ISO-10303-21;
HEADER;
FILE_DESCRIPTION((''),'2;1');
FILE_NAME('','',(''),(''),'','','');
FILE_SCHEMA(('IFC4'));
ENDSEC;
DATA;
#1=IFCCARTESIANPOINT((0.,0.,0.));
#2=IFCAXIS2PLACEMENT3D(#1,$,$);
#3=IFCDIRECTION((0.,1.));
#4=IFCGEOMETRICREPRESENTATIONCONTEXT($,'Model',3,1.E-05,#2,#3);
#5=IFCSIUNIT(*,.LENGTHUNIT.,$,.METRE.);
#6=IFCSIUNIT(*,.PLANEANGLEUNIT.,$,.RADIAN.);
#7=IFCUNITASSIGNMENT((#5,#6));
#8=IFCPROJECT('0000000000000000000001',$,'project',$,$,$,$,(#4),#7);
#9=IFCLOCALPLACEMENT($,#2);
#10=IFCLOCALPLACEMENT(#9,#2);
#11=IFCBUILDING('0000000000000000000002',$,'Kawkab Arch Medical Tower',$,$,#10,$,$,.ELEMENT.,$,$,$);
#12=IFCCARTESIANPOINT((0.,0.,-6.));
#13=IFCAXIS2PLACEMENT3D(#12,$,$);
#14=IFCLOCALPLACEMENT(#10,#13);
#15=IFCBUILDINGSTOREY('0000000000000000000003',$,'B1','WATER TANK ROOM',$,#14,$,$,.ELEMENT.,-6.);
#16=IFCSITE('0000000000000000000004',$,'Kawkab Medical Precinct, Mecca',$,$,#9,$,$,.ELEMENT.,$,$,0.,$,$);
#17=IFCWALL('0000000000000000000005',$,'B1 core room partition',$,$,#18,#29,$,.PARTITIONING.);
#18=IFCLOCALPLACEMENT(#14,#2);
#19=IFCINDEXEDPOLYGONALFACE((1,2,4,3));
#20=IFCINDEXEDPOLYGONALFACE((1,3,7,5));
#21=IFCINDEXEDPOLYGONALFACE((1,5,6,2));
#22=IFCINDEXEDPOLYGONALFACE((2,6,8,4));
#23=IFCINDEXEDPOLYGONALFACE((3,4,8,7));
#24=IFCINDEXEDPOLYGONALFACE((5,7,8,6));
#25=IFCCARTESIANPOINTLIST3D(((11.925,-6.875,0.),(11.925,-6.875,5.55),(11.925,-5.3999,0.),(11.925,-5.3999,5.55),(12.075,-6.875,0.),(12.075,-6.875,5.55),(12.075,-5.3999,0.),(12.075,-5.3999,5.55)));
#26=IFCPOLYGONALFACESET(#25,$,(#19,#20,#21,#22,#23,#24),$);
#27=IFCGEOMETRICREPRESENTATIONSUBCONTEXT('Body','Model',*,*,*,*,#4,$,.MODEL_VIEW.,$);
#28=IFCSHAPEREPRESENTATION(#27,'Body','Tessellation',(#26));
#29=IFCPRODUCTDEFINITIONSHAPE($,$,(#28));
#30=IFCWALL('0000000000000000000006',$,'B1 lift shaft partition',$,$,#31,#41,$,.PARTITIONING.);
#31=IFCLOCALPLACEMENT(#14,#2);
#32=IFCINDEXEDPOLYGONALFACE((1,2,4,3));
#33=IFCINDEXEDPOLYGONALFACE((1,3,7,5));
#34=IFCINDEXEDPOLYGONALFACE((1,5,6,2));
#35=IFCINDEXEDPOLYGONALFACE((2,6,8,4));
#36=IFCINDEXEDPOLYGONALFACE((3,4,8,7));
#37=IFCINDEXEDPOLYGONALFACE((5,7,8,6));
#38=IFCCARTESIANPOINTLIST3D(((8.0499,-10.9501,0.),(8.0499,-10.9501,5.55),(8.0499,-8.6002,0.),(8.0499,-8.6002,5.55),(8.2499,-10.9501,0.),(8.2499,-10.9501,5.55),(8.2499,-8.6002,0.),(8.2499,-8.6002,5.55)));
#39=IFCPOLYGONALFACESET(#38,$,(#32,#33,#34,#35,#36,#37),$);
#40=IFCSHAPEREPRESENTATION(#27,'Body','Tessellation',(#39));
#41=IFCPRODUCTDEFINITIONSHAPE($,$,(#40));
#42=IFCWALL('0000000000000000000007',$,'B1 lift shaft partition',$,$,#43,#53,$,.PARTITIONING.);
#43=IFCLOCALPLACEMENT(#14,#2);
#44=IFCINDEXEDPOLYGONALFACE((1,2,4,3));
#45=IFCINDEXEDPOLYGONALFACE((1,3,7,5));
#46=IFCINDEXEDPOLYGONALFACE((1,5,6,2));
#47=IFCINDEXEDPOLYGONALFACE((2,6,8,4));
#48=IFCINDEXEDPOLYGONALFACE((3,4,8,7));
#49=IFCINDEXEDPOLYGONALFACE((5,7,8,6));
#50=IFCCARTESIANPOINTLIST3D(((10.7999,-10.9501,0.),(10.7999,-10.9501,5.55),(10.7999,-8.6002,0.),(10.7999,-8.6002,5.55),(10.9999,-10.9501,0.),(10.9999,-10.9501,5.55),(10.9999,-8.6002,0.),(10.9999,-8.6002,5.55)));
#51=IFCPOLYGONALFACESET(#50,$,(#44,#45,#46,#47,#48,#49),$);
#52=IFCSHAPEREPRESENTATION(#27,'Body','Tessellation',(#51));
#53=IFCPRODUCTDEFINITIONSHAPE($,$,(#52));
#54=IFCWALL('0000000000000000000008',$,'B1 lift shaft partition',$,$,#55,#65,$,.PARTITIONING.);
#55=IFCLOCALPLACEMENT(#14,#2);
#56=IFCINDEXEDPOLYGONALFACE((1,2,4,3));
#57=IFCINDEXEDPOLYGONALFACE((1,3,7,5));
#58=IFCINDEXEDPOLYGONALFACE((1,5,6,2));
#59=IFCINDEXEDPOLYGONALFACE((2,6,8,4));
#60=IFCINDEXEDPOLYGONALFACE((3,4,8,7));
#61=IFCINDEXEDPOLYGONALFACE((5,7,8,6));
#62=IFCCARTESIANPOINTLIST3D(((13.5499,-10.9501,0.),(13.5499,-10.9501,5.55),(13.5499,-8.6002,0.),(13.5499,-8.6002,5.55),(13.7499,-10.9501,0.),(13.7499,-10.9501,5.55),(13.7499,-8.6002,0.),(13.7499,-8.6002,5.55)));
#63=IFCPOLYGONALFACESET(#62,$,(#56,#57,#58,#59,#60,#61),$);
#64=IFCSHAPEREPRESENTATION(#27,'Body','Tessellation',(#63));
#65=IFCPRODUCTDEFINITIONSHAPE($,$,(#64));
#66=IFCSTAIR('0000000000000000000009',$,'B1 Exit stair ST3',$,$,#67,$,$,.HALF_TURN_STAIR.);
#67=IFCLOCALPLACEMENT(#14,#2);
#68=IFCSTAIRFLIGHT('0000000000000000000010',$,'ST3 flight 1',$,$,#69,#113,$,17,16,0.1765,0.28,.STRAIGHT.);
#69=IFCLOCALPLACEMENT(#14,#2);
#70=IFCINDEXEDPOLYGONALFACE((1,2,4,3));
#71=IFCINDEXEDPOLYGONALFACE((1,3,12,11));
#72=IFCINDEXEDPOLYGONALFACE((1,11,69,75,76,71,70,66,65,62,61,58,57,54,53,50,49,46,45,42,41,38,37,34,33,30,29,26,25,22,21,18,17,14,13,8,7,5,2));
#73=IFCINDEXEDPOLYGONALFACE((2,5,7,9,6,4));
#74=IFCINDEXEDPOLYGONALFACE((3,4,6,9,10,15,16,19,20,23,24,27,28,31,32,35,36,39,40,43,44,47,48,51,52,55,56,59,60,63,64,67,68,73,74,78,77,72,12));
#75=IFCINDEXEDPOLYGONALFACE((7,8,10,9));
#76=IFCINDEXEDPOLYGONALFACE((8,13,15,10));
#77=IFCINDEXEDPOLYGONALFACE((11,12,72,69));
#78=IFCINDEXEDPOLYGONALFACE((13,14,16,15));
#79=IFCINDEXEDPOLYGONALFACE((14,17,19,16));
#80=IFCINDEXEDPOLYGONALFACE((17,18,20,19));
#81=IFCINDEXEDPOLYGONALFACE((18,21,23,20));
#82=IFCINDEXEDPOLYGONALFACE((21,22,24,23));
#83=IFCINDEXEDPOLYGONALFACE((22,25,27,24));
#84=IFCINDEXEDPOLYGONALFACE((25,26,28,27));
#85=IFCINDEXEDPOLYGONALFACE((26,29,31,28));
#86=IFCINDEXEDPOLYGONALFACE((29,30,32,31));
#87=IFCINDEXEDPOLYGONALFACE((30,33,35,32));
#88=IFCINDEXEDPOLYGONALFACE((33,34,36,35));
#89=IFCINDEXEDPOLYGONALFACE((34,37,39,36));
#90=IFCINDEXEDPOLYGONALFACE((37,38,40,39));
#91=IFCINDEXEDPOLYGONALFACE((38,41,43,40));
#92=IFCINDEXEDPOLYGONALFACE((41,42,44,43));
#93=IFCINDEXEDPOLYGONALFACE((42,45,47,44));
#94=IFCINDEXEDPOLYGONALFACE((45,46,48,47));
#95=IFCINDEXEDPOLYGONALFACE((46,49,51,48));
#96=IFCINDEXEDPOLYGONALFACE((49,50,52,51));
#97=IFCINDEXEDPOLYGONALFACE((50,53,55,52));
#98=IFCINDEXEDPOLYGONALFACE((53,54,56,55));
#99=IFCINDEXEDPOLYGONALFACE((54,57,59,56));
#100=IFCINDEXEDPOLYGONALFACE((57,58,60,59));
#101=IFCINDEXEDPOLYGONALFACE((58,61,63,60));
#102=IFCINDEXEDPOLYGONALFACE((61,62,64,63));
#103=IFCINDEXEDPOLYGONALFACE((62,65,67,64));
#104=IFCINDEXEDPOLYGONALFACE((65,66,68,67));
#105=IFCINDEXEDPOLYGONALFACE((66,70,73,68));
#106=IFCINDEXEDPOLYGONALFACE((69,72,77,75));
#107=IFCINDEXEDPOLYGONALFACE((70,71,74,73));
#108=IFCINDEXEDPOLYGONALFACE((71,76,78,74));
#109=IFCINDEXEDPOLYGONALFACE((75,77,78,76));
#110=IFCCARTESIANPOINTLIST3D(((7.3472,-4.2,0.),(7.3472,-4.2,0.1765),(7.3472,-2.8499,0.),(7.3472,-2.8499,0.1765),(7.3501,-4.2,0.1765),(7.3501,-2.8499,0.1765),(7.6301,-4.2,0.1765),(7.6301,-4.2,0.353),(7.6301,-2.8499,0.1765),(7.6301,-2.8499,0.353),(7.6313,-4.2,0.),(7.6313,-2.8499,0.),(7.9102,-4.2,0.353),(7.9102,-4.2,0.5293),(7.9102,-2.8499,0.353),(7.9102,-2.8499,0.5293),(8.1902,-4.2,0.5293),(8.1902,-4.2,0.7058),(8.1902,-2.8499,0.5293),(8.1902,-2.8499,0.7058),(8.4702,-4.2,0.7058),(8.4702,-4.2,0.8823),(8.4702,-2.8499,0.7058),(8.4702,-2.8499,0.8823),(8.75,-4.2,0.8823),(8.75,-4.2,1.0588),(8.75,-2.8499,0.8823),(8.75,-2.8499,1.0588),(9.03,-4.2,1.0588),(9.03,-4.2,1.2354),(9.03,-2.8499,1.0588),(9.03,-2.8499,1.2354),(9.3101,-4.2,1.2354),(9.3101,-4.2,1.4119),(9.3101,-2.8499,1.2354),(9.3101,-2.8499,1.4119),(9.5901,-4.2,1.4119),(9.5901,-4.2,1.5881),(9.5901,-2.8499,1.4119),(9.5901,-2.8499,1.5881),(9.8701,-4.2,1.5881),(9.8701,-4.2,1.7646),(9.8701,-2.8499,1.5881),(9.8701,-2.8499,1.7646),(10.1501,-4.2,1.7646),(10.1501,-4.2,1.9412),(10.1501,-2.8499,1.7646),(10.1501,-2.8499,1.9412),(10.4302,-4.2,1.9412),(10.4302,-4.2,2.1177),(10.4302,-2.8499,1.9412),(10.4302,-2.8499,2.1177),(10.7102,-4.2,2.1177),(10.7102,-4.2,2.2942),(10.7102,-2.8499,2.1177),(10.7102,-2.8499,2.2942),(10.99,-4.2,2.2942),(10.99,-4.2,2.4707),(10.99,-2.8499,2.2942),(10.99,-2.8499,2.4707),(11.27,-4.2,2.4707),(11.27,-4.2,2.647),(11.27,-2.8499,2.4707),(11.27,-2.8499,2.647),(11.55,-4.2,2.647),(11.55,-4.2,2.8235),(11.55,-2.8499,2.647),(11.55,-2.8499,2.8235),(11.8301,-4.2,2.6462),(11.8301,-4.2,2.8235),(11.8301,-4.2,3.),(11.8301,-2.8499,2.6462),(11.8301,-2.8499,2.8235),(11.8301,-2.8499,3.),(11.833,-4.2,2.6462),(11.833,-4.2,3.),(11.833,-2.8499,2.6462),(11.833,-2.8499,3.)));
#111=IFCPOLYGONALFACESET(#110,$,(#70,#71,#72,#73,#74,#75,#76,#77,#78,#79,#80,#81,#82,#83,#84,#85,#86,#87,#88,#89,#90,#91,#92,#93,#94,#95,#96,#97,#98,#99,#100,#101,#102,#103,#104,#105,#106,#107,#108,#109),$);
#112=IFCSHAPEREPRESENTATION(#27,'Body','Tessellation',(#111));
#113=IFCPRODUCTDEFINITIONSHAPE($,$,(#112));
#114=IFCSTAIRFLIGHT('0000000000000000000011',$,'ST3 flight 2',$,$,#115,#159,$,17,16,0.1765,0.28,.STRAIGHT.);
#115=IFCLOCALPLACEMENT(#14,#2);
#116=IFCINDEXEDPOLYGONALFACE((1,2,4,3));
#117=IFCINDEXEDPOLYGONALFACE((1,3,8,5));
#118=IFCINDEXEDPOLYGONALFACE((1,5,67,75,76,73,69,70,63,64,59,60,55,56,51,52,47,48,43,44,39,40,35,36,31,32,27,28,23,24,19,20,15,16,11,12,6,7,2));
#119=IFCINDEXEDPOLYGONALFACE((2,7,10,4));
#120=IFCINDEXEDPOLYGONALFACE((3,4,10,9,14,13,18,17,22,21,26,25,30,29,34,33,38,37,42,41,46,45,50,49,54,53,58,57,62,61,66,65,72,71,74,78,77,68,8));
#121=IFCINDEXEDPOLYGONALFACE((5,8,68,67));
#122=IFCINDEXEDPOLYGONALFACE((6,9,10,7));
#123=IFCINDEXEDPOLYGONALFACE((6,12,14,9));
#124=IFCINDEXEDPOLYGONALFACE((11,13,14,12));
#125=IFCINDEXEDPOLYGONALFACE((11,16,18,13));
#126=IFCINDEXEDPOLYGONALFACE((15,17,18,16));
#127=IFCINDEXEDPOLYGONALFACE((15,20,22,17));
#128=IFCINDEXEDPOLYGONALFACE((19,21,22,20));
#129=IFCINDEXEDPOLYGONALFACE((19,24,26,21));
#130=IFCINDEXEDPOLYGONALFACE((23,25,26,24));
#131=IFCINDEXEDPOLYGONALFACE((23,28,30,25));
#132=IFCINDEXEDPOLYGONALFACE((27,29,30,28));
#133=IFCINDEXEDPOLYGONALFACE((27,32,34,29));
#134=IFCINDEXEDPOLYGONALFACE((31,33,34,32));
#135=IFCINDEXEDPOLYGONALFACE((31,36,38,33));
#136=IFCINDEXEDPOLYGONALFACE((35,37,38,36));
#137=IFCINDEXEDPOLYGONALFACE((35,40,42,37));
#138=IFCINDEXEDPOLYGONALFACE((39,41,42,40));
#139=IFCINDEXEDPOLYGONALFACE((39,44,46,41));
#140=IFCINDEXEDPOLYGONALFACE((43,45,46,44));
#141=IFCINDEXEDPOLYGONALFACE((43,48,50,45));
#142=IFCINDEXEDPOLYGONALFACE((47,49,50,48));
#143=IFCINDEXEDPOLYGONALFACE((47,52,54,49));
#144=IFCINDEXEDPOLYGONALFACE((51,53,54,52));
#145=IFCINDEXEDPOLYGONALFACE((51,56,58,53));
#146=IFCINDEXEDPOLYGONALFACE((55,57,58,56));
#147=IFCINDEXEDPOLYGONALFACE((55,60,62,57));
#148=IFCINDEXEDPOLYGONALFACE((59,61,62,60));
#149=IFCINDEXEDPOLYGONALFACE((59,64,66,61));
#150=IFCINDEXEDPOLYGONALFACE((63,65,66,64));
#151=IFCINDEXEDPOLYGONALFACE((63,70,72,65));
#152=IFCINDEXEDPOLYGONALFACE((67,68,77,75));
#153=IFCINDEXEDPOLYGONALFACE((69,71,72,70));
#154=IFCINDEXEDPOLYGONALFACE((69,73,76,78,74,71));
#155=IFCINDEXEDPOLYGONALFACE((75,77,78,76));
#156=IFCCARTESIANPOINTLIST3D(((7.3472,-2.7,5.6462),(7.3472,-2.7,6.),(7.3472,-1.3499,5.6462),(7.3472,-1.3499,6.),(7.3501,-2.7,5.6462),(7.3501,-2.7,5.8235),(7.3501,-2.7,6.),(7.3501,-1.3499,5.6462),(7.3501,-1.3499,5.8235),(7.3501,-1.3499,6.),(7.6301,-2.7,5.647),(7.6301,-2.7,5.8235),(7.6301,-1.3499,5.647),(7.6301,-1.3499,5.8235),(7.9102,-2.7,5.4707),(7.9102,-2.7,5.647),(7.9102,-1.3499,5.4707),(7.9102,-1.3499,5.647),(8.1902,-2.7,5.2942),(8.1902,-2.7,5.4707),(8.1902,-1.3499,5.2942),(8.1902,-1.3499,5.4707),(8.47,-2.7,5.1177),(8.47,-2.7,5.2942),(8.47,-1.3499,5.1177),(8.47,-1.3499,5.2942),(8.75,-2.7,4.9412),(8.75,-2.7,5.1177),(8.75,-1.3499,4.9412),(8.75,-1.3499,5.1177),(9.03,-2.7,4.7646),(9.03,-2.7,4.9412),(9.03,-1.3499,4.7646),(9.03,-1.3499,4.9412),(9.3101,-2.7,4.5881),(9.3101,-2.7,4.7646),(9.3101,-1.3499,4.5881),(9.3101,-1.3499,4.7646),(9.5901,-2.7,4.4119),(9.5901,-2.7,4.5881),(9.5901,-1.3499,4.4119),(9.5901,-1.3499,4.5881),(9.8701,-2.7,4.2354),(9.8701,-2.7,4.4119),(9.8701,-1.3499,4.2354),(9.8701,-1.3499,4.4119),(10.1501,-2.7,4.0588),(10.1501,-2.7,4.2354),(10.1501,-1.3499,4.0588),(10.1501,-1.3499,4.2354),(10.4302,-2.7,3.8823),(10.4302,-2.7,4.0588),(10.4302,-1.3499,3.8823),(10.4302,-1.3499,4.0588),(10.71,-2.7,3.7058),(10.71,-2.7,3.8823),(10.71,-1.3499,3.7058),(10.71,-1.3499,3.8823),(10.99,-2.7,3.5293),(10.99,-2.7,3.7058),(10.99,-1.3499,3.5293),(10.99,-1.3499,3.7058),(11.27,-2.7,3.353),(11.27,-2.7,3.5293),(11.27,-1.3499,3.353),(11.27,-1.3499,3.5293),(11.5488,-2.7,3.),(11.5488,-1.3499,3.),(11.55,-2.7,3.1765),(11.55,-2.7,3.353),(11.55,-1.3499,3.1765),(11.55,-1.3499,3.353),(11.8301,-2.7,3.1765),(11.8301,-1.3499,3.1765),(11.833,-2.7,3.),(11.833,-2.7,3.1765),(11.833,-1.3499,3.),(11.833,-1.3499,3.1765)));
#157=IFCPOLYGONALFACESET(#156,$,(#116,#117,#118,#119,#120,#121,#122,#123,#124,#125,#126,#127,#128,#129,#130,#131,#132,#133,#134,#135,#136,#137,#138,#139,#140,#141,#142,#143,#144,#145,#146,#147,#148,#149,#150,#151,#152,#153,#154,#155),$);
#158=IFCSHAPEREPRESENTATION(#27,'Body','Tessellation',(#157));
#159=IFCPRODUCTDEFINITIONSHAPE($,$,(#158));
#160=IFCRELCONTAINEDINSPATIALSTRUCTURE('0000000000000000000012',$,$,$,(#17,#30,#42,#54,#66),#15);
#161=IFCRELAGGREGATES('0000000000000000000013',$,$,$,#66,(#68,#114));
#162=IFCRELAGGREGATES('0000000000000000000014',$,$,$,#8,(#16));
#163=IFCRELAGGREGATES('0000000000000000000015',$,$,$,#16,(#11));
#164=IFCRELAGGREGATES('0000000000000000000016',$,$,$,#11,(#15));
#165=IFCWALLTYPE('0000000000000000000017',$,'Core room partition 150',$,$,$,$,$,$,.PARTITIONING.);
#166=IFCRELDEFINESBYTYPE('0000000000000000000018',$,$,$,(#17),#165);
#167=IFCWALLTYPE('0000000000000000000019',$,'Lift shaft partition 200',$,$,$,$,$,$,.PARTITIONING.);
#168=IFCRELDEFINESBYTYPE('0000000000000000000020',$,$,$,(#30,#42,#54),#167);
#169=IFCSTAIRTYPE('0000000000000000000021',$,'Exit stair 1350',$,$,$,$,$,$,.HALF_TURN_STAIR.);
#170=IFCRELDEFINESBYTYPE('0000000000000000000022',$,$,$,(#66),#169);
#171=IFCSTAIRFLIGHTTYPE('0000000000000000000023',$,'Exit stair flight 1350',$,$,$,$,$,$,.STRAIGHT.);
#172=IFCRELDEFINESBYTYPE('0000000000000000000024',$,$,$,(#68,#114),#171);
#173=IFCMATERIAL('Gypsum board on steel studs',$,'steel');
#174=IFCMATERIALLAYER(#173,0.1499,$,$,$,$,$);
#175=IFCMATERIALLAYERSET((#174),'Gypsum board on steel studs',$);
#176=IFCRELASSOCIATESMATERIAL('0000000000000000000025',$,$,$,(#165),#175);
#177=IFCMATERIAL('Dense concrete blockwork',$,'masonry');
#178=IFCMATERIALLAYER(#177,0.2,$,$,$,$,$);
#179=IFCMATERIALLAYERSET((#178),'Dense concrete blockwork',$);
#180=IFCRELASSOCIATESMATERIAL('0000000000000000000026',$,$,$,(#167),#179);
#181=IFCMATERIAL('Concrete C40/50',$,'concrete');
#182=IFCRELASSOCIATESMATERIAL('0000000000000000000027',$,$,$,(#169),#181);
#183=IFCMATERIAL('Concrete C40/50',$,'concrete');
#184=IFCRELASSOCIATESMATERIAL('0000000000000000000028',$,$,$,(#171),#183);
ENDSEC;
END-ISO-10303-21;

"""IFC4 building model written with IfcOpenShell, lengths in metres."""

from ifc_helpers import new_model, si_unit, direction, frame, frame_2d, origin, place, context, subcontext, project, spatial, polyline, rectangle, outline, extrude, material, layer, layer_set, type_object, element, aggregate, save


model = new_model("IFC4")

# Units and contexts
model_context = context("Model", 3, precision=1e-05, world=origin(), true_north=direction((0.0, 1.0)))
body_context = subcontext(model_context, "Body", "Model", "MODEL_VIEW")
ifc_project = project(units=[si_unit("LENGTHUNIT", "METRE"), si_unit("PLANEANGLEUNIT", "RADIAN")], contexts=[model_context])

# Site, building, storey
site_placement = place(None, origin())
site = spatial("IfcSite", under=ifc_project, at=site_placement, Name="Kawkab Medical Precinct, Mecca", CompositionType="ELEMENT", RefElevation=0.0)
building_placement = place(site_placement, origin())
building = spatial("IfcBuilding", under=site, at=building_placement, Name="Kawkab Arch Medical Tower", CompositionType="ELEMENT")
storey_placement = place(building_placement, frame((0.0, 0.0, -6.0)))
storey = spatial("IfcBuildingStorey", under=building, at=storey_placement, Name="B1", Description="WATER TANK ROOM", CompositionType="ELEMENT", Elevation=-6.0)

# Shared definitions
ifc_material_1 = material(Name="Gypsum board on steel studs", Category="steel")
ifc_layer_1 = layer(ifc_material_1, 0.1499)
ifc_layer_set_1 = layer_set([ifc_layer_1], Name="Gypsum board on steel studs")
wall_type_1 = type_object("IfcWallType", Name="Core room partition 150", PredefinedType="PARTITIONING", material=ifc_layer_set_1)

# Walls
for number, where, z_axis, x_axis, name in (
    (1, (12.0, -6.875, 0.0), (0.0, 0.0, 1.0), (0.0, 1.0, 0.0), "B1 core room partition"),
):
    element("IfcWall", number, at=place(storey_placement, frame(where, z_axis=z_axis, x_axis=x_axis)), inside=storey, type_object=wall_type_1, Name=name, PredefinedType="PARTITIONING", context=body_context, shape_type="SweptSolid", body=[
        extrude(rectangle(XDim=1.4751, YDim=0.1499, at=frame_2d((0.7375, 0.0))), origin(), (0.0, 0.0, 1.0), 5.55),
    ])
ifc_material_2 = material(Name="Dense concrete blockwork", Category="masonry")
ifc_layer_2 = layer(ifc_material_2, 0.2)
ifc_layer_set_2 = layer_set([ifc_layer_2], Name="Dense concrete blockwork")
wall_type_2 = type_object("IfcWallType", Name="Lift shaft partition 200", PredefinedType="PARTITIONING", material=ifc_layer_set_2)
for number, where, z_axis, x_axis, name in (
    (2, (8.1499, -10.95, 0.0), (0.0, 0.0, 1.0), (0.0, 1.0, 0.0), "B1 lift shaft partition"),
    (3, (10.8999, -10.95, 0.0), (0.0, 0.0, 1.0), (0.0, 1.0, 0.0), "B1 lift shaft partition"),
    (4, (13.6499, -10.95, 0.0), (0.0, 0.0, 1.0), (0.0, 1.0, 0.0), "B1 lift shaft partition"),
):
    element("IfcWall", number, at=place(storey_placement, frame(where, z_axis=z_axis, x_axis=x_axis)), inside=storey, type_object=wall_type_2, Name=name, PredefinedType="PARTITIONING", context=body_context, shape_type="SweptSolid", body=[
        extrude(rectangle(XDim=2.3499, YDim=0.2, at=frame_2d((1.1748, 0.0))), origin(), (0.0, 0.0, 1.0), 5.55),
    ])

# Stair, stair flights
ifc_material_3 = material(Name="Concrete C40/50", Category="concrete")
stair_type = type_object("IfcStairType", Name="Exit stair 1350", PredefinedType="HALF_TURN_STAIR", material=ifc_material_3)
stair_placement = place(storey_placement, origin())
stair = element("IfcStair", 5, at=stair_placement, inside=storey, type_object=stair_type, Name="B1 Exit stair ST3", PredefinedType="HALF_TURN_STAIR")
ifc_material_4 = material(Name="Concrete C40/50", Category="concrete")
stair_flight_type = type_object("IfcStairFlightType", Name="Exit stair flight 1350", PredefinedType="STRAIGHT", material=ifc_material_4)
stair_flight_1_placement = place(storey_placement, frame((7.3501, -3.5249, 0.0), z_axis=(0.0, 0.0, 1.0), x_axis=(1.0, 0.0, 0.0)))
stair_flight_1 = element("IfcStairFlight", 6, at=stair_flight_1_placement, type_object=stair_flight_type, Name="ST3 flight 1", NumberOfRisers=17, NumberOfTreads=16, PredefinedType="STRAIGHT", RiserHeight=0.1765, TreadLength=0.28, context=body_context, shape_type="SweptSolid", body=[
    extrude(outline(polyline([(-0.0029, 0.0), (-0.0029, 0.1765), (0.0, 0.1765), (0.28, 0.1765), (0.28, 0.353), (0.5601, 0.353), (0.5601, 0.5293), (0.8401, 0.5293), (0.8401, 0.7058), (1.1201, 0.7058), (1.1201, 0.8823), (1.3999, 0.8823), (1.3999, 1.0588), (1.6799, 1.0588), (1.6799, 1.2354), (1.96, 1.2354), (1.96, 1.4119), (2.24, 1.4119), (2.24, 1.5881), (2.52, 1.5881), (2.52, 1.7646), (2.8, 1.7646), (2.8, 1.9412), (3.0801, 1.9412), (3.0801, 2.1177), (3.3601, 2.1177), (3.3601, 2.2942), (3.6399, 2.2942), (3.6399, 2.4707), (3.9199, 2.4707), (3.9199, 2.647), (4.2, 2.647), (4.2, 2.8235), (4.48, 2.8235), (4.48, 3.0), (4.4829, 3.0), (4.4829, 2.6462), (4.48, 2.6462), (0.2812, 0.0), (-0.0029, 0.0)])), frame((0.0, 0.675, 0.0), z_axis=(0.0, -1.0, 0.0), x_axis=(1.0, 0.0, 0.0)), (0.0, 0.0, 1.0), 1.3501),
])
stair_flight_2_placement = place(storey_placement, frame((11.8301, -2.0249, 3.0), z_axis=(0.0, 0.0, 1.0), x_axis=(-1.0, 0.0, 0.0)))
stair_flight_2 = element("IfcStairFlight", 7, at=stair_flight_2_placement, type_object=stair_flight_type, Name="ST3 flight 2", NumberOfRisers=17, NumberOfTreads=16, PredefinedType="STRAIGHT", RiserHeight=0.1765, TreadLength=0.28, context=body_context, shape_type="SweptSolid", body=[
    extrude(outline(polyline([(-0.0029, 0.0), (-0.0029, 0.1765), (0.0, 0.1765), (0.28, 0.1765), (0.28, 0.353), (0.5601, 0.353), (0.5601, 0.5293), (0.8401, 0.5293), (0.8401, 0.7058), (1.1201, 0.7058), (1.1201, 0.8823), (1.3999, 0.8823), (1.3999, 1.0588), (1.6799, 1.0588), (1.6799, 1.2354), (1.96, 1.2354), (1.96, 1.4119), (2.24, 1.4119), (2.24, 1.5881), (2.52, 1.5881), (2.52, 1.7646), (2.8, 1.7646), (2.8, 1.9412), (3.0801, 1.9412), (3.0801, 2.1177), (3.3601, 2.1177), (3.3601, 2.2942), (3.6399, 2.2942), (3.6399, 2.4707), (3.9199, 2.4707), (3.9199, 2.647), (4.2, 2.647), (4.2, 2.8235), (4.48, 2.8235), (4.48, 3.0), (4.4829, 3.0), (4.4829, 2.6462), (4.48, 2.6462), (0.2812, 0.0), (-0.0029, 0.0)])), frame((0.0, 0.675, 0.0), z_axis=(0.0, -1.0, 0.0), x_axis=(1.0, 0.0, 0.0)), (0.0, 0.0, 1.0), 1.3501),
])
aggregate(stair, [stair_flight_1, stair_flight_2])

save(model, "model.ifc")
